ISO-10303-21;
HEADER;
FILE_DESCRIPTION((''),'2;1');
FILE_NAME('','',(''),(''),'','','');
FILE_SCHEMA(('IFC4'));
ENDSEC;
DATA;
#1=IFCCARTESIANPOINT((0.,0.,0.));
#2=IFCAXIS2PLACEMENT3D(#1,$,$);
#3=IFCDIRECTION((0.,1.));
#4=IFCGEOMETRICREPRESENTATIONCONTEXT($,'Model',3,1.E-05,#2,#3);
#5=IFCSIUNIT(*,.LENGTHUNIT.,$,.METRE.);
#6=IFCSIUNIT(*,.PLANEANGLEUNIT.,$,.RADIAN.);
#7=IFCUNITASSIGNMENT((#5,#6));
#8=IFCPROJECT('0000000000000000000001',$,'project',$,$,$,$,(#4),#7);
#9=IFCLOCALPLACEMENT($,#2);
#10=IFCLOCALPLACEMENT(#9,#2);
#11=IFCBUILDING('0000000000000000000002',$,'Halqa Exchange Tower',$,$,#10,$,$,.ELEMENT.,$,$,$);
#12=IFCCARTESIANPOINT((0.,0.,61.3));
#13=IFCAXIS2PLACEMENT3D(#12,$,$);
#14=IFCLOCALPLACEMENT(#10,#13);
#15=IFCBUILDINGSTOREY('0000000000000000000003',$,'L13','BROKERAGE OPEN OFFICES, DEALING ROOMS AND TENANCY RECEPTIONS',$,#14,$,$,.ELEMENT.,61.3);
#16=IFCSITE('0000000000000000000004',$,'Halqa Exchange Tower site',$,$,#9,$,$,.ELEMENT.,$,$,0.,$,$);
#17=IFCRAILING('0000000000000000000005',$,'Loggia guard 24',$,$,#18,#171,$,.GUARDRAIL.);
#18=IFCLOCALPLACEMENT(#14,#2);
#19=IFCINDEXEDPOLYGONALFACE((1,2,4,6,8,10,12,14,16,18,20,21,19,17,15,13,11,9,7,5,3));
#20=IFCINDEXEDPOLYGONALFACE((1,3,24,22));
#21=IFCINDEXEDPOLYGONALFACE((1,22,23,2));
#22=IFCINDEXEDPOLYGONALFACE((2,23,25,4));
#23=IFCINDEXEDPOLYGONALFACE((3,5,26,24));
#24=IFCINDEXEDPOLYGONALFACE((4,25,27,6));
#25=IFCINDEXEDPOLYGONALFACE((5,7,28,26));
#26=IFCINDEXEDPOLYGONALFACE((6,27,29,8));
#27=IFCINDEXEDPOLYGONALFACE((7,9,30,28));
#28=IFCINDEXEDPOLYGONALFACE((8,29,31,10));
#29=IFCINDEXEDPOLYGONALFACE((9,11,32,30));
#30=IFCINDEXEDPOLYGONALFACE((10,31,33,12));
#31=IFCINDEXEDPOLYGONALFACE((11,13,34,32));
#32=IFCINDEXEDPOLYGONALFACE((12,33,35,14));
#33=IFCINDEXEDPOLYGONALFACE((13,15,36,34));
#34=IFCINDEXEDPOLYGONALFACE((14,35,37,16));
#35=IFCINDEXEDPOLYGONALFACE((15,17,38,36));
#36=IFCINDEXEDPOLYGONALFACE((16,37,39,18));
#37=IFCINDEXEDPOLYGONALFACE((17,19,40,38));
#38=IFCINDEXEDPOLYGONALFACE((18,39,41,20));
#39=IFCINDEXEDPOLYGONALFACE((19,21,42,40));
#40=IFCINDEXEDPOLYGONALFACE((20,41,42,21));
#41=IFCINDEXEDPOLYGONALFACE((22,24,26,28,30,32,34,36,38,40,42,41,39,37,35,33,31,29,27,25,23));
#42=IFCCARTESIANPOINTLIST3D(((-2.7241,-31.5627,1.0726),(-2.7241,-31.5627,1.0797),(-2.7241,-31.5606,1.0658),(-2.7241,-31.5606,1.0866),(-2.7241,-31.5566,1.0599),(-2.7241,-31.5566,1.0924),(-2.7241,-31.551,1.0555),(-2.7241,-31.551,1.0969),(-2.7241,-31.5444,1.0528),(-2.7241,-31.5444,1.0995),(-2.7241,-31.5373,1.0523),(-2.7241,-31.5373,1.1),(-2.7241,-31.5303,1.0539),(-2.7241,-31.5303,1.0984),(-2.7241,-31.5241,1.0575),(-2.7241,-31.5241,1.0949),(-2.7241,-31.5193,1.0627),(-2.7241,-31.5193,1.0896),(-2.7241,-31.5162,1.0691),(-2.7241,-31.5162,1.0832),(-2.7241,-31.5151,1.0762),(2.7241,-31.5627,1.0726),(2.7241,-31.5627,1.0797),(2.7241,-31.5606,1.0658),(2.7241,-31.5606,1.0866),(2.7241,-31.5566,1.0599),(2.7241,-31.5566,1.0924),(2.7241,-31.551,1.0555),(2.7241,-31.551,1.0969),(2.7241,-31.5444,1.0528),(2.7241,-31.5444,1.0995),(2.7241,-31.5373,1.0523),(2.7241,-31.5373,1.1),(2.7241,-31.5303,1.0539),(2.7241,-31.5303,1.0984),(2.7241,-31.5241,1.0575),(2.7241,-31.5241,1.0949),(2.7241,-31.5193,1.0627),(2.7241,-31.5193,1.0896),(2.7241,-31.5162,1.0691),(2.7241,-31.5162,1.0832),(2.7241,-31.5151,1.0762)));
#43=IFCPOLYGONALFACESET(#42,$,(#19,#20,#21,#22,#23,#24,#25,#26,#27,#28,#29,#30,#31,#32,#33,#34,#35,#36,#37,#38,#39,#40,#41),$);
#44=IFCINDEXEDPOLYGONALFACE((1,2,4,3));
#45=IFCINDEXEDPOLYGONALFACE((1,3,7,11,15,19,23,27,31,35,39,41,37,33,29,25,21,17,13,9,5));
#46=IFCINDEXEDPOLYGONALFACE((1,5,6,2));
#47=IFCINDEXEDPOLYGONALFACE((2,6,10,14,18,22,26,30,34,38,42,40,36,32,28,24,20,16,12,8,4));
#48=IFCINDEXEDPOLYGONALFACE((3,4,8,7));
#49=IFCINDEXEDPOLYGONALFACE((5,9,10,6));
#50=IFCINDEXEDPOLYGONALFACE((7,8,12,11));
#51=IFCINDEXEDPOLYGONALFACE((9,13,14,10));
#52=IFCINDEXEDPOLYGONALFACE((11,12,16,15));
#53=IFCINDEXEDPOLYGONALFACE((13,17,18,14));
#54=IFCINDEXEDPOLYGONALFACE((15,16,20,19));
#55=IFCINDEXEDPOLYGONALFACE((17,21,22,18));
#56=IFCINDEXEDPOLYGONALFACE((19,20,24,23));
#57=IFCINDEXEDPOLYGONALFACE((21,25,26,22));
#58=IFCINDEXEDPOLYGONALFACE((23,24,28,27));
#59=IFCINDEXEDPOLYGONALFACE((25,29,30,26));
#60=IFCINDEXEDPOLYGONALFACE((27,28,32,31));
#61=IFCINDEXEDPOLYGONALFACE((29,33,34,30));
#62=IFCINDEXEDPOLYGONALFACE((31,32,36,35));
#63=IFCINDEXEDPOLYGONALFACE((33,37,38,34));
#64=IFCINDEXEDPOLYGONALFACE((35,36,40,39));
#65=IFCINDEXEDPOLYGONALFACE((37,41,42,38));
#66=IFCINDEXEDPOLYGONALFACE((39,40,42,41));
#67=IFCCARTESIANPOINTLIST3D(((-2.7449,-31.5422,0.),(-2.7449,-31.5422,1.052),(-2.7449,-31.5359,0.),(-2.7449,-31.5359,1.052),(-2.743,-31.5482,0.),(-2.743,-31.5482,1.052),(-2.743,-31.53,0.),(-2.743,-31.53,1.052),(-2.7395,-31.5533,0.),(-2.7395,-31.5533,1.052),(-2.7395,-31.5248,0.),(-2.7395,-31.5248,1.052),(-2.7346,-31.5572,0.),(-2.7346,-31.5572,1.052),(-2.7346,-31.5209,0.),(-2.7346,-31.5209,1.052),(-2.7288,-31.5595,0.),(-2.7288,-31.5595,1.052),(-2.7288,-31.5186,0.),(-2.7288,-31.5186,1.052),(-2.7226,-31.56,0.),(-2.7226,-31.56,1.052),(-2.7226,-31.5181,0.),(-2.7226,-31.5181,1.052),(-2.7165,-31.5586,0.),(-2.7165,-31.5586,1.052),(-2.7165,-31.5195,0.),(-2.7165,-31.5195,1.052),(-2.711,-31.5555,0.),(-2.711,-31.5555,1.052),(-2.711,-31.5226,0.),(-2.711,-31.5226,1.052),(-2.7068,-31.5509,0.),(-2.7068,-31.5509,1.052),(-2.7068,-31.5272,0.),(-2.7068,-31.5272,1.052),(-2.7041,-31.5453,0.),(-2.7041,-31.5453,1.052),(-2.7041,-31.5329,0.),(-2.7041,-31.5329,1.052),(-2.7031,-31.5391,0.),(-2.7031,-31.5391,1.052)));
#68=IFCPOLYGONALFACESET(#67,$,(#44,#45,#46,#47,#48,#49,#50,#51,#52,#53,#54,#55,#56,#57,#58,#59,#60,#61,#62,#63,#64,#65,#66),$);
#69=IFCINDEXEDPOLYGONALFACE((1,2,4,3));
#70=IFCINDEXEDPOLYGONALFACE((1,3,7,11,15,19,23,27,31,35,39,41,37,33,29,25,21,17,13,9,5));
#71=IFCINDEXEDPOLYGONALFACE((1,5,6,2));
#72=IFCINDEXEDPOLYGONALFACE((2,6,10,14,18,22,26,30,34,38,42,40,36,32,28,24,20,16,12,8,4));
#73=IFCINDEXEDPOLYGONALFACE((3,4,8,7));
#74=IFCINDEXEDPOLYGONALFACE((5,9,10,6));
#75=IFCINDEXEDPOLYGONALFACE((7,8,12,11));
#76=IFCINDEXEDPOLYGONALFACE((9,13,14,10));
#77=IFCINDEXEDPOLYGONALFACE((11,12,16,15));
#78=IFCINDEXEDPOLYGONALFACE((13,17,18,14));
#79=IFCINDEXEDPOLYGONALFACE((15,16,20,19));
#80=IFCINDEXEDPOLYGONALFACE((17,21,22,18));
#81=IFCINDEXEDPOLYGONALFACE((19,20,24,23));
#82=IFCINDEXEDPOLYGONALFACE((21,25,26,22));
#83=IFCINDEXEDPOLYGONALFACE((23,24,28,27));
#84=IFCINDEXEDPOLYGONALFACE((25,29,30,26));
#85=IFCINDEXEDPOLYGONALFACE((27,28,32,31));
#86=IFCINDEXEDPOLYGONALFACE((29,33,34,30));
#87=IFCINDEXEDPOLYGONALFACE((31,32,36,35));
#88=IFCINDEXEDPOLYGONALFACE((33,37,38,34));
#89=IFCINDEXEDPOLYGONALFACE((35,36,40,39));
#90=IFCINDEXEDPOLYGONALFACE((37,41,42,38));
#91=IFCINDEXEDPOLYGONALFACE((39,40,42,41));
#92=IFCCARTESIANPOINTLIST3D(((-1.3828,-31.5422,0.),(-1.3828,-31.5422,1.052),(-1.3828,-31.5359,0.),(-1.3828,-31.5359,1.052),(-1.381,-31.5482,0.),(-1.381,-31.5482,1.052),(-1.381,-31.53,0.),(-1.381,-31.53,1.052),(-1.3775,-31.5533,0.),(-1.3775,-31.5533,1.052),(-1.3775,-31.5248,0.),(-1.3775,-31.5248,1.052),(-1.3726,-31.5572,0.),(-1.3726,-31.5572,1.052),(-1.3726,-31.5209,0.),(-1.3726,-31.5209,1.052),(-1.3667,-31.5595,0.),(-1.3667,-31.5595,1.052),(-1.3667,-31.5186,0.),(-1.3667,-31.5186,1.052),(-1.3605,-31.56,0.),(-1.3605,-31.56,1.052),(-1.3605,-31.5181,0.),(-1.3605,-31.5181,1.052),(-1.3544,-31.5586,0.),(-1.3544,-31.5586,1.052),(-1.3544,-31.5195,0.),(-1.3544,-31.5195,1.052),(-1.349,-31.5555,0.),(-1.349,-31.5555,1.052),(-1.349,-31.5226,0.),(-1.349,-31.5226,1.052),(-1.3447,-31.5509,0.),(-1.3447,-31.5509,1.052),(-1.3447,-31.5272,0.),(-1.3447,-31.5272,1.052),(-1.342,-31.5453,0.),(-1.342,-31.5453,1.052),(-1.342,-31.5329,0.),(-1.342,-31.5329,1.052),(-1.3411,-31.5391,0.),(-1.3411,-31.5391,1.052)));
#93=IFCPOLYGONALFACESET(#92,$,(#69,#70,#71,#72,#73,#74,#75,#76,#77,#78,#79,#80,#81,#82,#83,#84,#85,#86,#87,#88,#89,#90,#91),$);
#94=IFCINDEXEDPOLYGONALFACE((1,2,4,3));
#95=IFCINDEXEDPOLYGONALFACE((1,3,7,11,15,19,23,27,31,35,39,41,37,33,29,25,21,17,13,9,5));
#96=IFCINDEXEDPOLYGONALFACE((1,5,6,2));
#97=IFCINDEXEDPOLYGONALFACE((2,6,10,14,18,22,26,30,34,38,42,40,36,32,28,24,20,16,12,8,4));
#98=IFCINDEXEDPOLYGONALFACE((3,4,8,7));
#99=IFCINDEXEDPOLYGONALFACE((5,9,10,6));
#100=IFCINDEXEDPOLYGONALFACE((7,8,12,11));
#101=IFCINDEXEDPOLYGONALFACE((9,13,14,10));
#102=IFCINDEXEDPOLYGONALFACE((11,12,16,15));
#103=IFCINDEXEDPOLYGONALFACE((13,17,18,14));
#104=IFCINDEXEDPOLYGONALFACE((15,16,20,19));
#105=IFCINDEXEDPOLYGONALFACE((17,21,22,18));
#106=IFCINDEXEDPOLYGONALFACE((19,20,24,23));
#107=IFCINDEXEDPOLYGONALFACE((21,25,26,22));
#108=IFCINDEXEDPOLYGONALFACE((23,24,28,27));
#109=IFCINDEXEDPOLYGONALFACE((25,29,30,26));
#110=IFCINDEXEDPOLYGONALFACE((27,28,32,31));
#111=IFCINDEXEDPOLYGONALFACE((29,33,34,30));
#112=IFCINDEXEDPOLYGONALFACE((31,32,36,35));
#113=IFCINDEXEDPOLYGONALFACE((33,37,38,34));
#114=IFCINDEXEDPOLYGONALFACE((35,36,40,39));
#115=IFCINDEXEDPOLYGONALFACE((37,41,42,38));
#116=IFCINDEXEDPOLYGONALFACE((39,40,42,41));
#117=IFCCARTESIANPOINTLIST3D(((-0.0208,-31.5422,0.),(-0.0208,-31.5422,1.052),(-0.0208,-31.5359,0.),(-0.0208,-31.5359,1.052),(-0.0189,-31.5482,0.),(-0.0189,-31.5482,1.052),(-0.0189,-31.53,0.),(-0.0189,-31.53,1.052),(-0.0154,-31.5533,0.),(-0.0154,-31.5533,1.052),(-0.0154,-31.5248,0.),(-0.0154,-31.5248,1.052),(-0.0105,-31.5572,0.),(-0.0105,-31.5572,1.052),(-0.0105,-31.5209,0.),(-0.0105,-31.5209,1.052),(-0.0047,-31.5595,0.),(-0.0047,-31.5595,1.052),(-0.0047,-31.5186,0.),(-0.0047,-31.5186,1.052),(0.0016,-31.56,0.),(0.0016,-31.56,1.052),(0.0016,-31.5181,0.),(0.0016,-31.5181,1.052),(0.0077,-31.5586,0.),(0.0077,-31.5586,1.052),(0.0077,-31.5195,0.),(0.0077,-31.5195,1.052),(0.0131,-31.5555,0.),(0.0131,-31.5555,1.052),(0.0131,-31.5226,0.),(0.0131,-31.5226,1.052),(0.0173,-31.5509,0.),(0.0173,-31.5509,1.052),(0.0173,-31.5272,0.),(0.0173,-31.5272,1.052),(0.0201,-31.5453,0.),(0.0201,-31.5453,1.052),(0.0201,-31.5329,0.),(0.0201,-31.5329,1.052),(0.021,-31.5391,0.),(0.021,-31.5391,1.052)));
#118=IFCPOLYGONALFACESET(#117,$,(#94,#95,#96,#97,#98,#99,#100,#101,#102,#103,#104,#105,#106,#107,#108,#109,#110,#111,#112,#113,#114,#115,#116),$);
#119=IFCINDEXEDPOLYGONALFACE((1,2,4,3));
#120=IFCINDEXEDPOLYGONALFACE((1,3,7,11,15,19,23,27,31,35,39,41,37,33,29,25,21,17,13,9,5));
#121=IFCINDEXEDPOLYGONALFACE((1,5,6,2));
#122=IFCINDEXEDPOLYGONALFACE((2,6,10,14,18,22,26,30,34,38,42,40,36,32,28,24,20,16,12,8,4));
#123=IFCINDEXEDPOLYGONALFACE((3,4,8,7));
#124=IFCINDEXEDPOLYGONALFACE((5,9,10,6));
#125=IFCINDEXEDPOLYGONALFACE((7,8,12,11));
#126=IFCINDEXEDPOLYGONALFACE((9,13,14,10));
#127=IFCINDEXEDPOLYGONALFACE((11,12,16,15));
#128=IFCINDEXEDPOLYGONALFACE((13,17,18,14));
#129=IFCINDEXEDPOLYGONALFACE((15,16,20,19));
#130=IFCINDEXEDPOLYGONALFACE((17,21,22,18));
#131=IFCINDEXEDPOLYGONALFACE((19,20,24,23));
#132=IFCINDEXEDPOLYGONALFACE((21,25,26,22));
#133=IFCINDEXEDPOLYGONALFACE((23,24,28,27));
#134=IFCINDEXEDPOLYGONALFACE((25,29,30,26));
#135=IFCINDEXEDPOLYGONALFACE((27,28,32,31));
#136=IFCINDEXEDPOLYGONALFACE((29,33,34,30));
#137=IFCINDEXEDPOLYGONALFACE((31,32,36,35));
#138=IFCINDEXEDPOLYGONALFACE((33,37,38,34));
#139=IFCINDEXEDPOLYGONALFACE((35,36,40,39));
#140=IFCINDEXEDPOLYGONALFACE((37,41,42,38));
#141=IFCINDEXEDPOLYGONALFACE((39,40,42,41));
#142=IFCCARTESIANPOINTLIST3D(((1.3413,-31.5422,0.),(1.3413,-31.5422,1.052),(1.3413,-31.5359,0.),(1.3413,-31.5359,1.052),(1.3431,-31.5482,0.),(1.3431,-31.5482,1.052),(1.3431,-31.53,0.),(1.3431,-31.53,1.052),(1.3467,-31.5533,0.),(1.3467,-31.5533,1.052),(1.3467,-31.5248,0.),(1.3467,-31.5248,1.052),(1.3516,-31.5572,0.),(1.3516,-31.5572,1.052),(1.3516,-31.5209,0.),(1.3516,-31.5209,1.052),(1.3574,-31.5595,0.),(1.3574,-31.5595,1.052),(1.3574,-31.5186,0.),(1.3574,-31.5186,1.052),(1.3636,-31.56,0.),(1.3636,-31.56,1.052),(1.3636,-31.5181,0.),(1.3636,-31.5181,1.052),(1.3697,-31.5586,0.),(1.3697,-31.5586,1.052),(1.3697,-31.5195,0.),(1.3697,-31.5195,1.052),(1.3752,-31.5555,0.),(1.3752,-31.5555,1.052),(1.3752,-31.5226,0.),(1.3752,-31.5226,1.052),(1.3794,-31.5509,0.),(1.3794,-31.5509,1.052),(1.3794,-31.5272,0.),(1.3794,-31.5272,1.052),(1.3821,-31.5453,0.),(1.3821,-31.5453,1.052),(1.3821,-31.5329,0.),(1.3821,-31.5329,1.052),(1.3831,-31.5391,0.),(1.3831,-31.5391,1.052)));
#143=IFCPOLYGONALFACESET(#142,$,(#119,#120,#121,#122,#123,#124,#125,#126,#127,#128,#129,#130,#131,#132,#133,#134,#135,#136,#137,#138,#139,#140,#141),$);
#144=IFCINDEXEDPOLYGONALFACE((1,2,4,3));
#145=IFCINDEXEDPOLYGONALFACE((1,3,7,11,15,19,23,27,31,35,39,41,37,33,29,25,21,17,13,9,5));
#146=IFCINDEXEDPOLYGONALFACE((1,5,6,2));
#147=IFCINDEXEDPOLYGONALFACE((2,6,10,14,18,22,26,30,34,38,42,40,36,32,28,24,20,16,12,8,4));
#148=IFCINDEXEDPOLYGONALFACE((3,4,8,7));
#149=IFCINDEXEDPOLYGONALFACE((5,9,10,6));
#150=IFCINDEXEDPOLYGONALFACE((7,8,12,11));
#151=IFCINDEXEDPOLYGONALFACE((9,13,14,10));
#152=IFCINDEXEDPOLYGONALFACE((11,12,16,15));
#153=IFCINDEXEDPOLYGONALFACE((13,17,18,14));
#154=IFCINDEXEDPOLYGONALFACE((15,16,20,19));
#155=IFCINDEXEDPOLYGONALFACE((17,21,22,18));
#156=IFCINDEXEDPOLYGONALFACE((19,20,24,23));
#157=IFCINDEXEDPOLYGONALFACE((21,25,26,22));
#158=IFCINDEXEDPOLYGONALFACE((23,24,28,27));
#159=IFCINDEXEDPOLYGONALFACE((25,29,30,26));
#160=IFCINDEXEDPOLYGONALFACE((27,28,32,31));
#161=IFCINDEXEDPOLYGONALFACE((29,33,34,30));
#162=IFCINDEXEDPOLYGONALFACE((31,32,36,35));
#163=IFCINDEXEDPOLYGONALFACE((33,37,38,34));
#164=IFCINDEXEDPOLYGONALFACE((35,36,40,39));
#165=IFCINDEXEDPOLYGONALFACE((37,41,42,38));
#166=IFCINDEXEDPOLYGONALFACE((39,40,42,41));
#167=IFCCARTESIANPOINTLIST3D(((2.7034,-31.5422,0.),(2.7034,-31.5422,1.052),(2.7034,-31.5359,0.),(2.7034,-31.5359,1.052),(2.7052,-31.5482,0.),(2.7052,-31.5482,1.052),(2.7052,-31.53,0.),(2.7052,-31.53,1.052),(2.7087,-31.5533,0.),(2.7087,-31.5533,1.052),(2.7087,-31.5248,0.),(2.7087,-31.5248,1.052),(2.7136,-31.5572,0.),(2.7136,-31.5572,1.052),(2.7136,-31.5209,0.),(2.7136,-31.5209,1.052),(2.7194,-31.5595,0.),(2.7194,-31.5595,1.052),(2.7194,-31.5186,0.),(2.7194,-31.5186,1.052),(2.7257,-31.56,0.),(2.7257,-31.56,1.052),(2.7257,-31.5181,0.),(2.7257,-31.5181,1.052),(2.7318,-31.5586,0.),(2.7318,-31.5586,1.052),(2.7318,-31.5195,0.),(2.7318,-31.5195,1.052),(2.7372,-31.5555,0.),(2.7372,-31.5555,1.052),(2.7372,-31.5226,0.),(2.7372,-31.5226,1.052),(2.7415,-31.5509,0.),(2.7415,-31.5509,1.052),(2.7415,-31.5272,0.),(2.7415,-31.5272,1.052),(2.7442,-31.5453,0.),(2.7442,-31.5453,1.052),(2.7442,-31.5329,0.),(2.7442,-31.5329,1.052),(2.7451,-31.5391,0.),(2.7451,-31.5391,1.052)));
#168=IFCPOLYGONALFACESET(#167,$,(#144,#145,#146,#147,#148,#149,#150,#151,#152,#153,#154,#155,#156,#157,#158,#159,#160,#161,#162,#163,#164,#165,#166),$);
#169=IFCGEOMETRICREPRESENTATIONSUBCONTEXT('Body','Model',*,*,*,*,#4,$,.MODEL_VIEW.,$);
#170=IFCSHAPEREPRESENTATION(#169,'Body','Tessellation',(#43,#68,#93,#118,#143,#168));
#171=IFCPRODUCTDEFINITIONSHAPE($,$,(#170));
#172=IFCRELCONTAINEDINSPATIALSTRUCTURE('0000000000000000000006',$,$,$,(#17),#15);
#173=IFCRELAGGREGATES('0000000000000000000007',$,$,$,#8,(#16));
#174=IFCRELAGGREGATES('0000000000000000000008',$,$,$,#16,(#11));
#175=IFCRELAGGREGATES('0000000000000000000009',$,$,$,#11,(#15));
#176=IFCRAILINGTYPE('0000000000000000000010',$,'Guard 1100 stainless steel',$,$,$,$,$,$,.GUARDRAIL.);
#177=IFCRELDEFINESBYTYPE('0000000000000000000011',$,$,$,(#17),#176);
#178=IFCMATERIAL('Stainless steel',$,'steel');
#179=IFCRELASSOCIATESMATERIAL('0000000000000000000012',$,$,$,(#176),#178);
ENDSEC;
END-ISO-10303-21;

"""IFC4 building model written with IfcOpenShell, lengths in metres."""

from ifc_helpers import new_model, si_unit, direction, frame, origin, origin_2d, place, context, subcontext, project, spatial, circle, extrude, material, type_object, element, save


model = new_model("IFC4")

# Units and contexts
model_context = context("Model", 3, precision=1e-05, world=origin(), true_north=direction((0.0, 1.0)))
body_context = subcontext(model_context, "Body", "Model", "MODEL_VIEW")
ifc_project = project(units=[si_unit("LENGTHUNIT", "METRE"), si_unit("PLANEANGLEUNIT", "RADIAN")], contexts=[model_context])

# Site, building, storey
site_placement = place(None, origin())
site = spatial("IfcSite", under=ifc_project, at=site_placement, Name="Halqa Exchange Tower site", CompositionType="ELEMENT", RefElevation=0.0)
building_placement = place(site_placement, origin())
building = spatial("IfcBuilding", under=site, at=building_placement, Name="Halqa Exchange Tower", CompositionType="ELEMENT")
storey_placement = place(building_placement, frame((0.0, 0.0, 61.3)))
storey = spatial("IfcBuildingStorey", under=building, at=storey_placement, Name="L13", Description="BROKERAGE OPEN OFFICES, DEALING ROOMS AND TENANCY RECEPTIONS", CompositionType="ELEMENT", Elevation=61.3)

# Railing
ifc_material_1 = material(Name="Stainless steel", Category="steel")
railing_type = type_object("IfcRailingType", Name="Guard 1100 stainless steel", PredefinedType="GUARDRAIL", material=ifc_material_1)
railing_1_placement = place(storey_placement, frame((-2.7241, -31.5391, 0.0)))
element("IfcRailing", 1, at=railing_1_placement, inside=storey, type_object=railing_type, Name="Loggia guard 24", PredefinedType="GUARDRAIL", context=body_context, shape_type="SweptSolid", body=[
    extrude(circle(Radius=0.0239, at=origin_2d()), frame((0.0, 0.0, 1.0762), z_axis=(1.0, 0.0, 0.0), x_axis=(0.0, 1.0, 0.0)), (0.0, 0.0, 1.0), 5.4482),
    extrude(circle(Radius=0.021, at=origin_2d()), origin(), (0.0, 0.0, 1.0), 1.052),
    extrude(circle(Radius=0.021, at=origin_2d()), frame((1.3621, 0.0, 0.0)), (0.0, 0.0, 1.0), 1.052),
    extrude(circle(Radius=0.021, at=origin_2d()), frame((2.7241, 0.0, 0.0)), (0.0, 0.0, 1.0), 1.052),
    extrude(circle(Radius=0.021, at=origin_2d()), frame((4.0862, 0.0, 0.0)), (0.0, 0.0, 1.0), 1.052),
    extrude(circle(Radius=0.021, at=origin_2d()), frame((5.4482, 0.0, 0.0)), (0.0, 0.0, 1.0), 1.052),
])

save(model, "model.ifc")
